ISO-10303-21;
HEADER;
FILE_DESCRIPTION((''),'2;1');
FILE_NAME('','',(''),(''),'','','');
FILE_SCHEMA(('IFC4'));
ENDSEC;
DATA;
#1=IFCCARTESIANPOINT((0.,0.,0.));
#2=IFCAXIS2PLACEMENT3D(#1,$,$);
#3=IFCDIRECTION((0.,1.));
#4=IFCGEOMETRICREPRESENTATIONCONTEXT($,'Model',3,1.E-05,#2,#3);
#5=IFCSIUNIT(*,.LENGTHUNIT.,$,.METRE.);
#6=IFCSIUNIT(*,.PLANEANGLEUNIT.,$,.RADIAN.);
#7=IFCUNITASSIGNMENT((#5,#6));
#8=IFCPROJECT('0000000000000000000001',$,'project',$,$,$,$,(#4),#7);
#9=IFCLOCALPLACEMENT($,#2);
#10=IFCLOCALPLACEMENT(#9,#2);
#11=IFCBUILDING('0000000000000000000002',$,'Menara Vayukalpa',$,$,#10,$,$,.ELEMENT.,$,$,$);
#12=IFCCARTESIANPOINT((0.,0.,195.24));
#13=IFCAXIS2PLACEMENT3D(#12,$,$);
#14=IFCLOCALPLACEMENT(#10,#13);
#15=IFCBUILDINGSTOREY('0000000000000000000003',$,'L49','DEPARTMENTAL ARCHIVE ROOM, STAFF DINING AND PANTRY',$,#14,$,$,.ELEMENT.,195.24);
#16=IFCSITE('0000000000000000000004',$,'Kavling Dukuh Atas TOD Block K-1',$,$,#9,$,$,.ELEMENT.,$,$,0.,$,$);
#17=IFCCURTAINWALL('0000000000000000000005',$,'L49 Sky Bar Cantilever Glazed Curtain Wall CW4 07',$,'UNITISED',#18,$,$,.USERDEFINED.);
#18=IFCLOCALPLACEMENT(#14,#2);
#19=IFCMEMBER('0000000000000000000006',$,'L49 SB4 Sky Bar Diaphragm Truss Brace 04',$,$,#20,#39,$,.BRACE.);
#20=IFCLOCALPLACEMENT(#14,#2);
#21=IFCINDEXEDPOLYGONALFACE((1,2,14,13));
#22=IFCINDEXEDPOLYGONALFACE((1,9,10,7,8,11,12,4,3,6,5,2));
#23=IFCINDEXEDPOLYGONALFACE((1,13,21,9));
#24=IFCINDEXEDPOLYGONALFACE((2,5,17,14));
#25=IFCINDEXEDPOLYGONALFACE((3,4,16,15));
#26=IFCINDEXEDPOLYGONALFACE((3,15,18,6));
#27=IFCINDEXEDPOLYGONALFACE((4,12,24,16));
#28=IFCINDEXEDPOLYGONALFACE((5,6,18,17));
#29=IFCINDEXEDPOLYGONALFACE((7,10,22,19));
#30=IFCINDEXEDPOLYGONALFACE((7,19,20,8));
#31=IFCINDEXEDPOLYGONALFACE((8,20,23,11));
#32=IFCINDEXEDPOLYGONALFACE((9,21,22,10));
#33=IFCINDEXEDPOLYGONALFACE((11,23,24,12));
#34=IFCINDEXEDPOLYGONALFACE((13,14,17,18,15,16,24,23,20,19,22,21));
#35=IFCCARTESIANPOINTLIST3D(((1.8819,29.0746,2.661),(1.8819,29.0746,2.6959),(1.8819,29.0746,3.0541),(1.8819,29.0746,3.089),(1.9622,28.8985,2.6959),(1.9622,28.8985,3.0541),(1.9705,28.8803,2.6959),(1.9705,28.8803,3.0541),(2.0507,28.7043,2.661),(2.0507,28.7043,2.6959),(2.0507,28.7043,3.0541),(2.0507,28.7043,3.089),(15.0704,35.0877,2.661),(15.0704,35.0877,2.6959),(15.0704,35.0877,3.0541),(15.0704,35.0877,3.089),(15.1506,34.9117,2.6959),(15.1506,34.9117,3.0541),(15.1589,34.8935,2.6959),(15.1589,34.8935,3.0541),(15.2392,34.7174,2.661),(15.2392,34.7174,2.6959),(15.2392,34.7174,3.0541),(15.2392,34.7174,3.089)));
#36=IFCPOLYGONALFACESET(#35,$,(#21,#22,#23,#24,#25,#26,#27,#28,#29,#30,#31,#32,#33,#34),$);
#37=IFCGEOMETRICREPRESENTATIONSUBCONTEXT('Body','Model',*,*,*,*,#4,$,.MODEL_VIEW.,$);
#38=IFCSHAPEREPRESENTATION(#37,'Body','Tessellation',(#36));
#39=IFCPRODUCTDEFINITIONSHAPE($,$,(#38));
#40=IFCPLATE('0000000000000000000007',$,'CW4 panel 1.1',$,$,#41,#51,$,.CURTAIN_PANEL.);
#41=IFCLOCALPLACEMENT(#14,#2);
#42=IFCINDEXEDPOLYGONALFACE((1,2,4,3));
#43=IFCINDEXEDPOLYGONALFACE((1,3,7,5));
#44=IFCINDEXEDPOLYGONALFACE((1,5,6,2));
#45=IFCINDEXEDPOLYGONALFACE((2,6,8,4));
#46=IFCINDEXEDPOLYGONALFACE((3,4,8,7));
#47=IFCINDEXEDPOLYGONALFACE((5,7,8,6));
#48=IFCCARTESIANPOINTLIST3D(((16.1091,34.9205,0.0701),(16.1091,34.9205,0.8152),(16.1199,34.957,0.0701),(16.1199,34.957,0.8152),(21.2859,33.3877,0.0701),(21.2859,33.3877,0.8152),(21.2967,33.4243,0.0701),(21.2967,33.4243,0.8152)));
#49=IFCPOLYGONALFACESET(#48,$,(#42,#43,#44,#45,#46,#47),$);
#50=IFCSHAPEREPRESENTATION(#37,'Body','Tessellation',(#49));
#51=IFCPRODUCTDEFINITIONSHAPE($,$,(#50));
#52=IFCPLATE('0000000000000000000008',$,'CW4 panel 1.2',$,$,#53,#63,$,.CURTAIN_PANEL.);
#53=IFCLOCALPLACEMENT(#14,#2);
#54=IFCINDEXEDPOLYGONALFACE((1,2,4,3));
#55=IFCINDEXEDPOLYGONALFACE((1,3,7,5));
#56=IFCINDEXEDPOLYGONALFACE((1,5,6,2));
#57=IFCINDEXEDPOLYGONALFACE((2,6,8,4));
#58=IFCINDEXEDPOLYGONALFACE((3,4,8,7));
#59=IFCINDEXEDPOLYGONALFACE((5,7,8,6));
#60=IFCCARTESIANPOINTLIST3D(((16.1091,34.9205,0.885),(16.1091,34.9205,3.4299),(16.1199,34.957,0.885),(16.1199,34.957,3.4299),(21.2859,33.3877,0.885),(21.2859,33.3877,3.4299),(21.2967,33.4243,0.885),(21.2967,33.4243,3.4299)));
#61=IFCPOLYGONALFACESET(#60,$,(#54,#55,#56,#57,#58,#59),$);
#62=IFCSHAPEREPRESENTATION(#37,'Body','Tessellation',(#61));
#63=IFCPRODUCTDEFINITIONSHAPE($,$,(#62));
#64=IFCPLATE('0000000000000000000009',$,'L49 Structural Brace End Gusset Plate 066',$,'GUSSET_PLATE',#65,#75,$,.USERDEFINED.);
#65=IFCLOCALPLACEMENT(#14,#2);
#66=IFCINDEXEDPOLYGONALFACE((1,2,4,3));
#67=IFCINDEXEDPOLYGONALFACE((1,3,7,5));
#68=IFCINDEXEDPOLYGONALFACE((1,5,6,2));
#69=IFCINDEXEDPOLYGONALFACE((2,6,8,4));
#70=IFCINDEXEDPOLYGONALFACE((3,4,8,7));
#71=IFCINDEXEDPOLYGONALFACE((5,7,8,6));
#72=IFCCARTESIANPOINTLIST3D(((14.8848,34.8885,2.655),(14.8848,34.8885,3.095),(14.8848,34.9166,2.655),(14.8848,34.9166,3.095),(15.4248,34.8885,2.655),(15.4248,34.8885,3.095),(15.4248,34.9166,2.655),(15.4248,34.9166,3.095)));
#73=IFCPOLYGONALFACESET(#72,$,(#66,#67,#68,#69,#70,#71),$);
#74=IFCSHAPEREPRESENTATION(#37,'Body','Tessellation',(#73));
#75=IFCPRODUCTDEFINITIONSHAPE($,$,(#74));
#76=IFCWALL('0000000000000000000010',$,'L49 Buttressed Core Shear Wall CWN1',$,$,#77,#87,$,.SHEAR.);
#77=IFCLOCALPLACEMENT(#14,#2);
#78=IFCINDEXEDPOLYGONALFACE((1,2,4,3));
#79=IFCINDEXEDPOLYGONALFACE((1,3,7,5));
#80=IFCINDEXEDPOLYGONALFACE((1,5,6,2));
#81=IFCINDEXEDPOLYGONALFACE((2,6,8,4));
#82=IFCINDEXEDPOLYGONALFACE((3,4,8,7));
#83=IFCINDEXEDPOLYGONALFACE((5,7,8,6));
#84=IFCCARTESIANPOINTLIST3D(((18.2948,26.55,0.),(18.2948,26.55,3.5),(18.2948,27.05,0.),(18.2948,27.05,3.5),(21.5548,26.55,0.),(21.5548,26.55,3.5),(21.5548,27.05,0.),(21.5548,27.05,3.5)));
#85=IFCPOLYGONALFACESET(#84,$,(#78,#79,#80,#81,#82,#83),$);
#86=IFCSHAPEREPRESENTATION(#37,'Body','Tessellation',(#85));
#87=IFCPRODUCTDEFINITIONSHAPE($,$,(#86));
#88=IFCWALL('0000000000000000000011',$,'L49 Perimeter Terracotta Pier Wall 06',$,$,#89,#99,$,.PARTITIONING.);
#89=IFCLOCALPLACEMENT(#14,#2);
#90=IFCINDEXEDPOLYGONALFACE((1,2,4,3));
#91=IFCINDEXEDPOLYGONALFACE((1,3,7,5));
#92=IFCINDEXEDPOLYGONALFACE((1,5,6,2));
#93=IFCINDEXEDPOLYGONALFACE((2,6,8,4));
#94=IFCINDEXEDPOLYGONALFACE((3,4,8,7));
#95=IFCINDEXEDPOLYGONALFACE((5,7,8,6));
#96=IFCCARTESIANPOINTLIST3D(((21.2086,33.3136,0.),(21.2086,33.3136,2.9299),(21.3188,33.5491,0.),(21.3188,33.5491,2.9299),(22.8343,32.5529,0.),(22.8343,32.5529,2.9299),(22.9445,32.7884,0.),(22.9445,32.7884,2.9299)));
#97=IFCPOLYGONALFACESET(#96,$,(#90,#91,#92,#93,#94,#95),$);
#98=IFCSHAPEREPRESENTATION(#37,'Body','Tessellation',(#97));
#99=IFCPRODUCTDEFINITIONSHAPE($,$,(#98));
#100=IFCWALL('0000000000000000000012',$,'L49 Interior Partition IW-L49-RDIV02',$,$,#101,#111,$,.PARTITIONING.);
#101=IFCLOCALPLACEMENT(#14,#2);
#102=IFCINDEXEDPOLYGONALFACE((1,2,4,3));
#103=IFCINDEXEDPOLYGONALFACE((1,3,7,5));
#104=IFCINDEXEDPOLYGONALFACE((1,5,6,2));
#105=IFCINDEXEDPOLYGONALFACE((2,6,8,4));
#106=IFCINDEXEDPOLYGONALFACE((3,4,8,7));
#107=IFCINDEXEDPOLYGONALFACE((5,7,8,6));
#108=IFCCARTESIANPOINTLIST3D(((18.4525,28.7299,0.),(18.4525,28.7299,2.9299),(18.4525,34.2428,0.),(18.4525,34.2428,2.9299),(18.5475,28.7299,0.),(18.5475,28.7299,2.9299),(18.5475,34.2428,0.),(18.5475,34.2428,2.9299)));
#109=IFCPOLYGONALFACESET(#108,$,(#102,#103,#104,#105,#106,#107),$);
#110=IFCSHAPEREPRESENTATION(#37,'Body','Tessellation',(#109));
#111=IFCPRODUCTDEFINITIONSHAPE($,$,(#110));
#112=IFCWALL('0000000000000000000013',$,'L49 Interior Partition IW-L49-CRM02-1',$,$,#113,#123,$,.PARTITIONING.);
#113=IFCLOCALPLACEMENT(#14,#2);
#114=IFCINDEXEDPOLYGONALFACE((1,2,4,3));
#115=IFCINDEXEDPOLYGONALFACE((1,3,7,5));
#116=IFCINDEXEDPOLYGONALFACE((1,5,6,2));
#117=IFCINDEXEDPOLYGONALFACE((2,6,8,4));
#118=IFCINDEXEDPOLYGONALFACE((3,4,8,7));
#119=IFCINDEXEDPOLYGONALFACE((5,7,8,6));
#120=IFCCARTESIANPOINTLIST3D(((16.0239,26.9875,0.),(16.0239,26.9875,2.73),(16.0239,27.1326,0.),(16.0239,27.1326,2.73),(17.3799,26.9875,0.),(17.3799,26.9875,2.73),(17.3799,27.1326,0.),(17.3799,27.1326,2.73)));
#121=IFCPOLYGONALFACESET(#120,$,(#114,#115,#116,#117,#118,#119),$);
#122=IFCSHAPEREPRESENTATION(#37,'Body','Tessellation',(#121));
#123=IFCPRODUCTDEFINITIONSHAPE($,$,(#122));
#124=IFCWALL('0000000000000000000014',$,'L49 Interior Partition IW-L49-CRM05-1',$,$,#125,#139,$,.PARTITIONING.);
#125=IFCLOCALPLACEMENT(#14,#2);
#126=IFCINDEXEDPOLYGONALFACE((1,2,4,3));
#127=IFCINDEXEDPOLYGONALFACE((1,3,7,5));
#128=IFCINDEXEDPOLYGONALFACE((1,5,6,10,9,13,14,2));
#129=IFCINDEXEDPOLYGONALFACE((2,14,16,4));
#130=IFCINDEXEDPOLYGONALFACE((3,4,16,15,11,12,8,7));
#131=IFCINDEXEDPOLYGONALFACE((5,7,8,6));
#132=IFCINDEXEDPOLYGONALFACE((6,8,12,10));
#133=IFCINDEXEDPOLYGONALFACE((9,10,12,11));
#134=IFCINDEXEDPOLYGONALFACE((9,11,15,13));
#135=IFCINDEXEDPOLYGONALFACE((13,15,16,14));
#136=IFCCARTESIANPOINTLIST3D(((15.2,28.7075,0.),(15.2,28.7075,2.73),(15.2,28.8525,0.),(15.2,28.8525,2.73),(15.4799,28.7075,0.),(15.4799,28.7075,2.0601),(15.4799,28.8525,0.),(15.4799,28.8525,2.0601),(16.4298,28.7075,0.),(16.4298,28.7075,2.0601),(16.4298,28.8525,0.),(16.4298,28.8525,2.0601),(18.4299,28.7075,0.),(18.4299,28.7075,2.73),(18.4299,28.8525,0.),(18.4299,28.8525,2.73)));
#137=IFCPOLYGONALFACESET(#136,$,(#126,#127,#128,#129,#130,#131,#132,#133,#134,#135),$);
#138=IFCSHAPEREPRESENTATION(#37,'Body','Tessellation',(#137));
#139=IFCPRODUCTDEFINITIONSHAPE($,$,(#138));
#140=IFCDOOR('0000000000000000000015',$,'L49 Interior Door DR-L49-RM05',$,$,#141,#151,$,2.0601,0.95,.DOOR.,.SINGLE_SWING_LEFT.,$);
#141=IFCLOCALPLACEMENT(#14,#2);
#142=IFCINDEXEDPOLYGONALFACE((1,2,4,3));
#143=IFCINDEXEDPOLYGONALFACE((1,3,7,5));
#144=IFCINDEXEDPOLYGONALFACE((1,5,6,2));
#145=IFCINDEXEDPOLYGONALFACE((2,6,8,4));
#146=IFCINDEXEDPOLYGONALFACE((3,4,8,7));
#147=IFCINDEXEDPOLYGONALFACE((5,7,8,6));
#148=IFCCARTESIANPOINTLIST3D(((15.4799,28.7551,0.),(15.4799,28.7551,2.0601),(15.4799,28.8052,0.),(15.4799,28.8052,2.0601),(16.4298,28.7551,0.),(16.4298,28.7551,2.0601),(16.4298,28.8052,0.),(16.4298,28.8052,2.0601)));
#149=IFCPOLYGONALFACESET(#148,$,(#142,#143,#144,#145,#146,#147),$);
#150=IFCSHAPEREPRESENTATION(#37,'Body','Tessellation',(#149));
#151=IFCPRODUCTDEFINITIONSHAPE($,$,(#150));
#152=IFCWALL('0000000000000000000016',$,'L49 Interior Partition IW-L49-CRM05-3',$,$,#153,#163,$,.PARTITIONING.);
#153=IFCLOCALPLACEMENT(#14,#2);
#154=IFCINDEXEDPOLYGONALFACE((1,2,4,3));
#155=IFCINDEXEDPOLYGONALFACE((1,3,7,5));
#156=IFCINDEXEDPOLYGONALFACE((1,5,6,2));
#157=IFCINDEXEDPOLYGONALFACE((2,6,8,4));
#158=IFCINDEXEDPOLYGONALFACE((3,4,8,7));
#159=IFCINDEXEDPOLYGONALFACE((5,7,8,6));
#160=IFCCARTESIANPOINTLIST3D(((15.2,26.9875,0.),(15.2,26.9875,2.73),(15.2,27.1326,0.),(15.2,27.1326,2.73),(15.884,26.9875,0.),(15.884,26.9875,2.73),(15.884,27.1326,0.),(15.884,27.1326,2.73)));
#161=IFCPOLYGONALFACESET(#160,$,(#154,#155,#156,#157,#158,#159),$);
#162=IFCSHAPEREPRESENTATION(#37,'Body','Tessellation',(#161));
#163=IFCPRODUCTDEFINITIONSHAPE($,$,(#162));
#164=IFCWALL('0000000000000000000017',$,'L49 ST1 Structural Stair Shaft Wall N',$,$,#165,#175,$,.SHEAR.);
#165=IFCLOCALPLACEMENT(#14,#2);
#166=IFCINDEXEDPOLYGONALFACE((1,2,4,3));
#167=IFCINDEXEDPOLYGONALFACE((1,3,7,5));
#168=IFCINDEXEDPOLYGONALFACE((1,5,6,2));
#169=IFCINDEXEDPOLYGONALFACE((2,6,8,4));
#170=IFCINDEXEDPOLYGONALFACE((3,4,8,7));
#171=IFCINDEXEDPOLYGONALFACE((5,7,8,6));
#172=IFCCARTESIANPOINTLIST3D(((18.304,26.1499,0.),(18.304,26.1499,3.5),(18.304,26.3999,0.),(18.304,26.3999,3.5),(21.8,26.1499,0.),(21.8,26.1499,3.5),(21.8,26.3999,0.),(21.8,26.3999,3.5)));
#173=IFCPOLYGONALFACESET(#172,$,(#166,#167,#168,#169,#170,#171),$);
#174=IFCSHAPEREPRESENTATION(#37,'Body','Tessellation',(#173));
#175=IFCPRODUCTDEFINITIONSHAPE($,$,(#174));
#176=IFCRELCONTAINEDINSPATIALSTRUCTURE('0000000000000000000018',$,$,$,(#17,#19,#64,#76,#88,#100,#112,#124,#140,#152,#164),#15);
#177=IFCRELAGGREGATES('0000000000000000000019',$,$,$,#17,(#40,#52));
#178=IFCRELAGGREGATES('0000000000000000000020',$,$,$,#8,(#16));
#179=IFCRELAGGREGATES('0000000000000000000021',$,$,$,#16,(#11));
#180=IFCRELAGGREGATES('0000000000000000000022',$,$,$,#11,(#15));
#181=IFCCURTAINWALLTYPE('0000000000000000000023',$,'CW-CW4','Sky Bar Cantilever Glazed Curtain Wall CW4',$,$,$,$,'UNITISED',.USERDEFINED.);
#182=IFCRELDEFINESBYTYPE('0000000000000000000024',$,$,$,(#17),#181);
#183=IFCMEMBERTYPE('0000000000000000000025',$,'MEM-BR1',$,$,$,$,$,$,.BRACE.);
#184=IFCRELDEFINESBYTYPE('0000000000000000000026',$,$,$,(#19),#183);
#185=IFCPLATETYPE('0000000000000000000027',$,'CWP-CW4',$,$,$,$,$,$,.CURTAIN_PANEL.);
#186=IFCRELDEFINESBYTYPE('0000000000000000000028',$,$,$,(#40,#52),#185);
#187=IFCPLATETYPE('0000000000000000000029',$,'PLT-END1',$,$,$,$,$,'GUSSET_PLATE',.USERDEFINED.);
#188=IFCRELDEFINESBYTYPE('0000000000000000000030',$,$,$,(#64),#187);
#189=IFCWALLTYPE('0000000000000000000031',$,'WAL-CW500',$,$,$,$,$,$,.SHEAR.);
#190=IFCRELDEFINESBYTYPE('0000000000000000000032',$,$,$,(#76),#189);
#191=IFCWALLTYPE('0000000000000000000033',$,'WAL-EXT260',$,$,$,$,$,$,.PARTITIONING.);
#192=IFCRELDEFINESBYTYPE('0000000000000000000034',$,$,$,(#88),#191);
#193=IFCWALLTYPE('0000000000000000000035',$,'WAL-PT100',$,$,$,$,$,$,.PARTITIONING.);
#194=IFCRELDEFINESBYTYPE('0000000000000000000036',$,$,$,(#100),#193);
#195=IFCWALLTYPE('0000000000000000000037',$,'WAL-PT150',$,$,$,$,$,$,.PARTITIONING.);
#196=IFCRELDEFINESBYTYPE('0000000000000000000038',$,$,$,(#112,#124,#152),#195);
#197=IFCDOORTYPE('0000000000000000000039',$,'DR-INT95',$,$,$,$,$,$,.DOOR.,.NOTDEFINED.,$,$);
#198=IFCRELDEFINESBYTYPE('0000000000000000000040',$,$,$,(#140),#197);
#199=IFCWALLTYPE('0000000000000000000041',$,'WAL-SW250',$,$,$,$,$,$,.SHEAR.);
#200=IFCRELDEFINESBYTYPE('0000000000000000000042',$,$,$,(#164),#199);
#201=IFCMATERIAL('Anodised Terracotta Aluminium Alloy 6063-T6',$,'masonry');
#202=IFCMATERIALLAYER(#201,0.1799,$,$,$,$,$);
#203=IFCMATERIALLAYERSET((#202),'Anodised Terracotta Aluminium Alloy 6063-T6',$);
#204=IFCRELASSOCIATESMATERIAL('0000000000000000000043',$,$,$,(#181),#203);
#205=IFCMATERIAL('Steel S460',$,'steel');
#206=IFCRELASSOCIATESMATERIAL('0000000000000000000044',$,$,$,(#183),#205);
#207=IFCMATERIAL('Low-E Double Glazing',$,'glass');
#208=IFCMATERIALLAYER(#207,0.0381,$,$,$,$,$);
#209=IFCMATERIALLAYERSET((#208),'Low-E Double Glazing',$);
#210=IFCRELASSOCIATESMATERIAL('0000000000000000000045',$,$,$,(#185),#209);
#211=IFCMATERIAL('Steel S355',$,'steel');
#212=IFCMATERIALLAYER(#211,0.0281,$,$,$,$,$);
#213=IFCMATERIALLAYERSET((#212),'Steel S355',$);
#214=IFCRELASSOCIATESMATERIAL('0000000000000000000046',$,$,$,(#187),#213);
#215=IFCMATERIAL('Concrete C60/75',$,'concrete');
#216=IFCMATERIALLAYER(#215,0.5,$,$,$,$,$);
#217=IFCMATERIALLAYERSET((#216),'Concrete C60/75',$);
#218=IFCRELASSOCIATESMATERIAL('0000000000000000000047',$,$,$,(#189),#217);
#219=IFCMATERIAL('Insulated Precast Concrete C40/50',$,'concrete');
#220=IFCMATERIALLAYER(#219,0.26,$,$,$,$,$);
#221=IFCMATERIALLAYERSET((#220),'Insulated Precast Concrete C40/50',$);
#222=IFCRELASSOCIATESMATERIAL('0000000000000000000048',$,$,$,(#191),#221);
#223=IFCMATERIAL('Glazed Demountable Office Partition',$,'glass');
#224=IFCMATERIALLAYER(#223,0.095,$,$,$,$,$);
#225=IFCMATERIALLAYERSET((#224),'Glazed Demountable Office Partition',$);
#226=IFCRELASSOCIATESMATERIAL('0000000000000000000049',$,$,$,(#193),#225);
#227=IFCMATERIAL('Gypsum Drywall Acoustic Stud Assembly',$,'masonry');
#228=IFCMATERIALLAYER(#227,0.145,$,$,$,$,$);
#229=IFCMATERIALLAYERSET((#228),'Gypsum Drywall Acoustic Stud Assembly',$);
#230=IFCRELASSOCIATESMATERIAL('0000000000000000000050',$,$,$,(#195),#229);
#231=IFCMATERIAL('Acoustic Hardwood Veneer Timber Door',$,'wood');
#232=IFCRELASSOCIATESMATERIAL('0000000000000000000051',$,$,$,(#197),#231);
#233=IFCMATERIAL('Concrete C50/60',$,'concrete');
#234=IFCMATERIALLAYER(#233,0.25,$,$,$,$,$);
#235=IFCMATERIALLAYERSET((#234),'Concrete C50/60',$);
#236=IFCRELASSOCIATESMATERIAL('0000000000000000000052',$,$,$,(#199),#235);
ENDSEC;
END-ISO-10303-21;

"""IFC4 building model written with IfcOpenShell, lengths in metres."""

from ifc_helpers import new_model, si_unit, direction, frame, frame_2d, origin, origin_2d, place, context, subcontext, project, spatial, rectangle, i_section, extrude, material, layer, layer_set, material_profile, profile_set, type_object, element, fill, aggregate, save


model = new_model("IFC4")

# Units and contexts
model_context = context("Model", 3, precision=1e-05, world=origin(), true_north=direction((0.0, 1.0)))
body_context = subcontext(model_context, "Body", "Model", "MODEL_VIEW")
ifc_project = project(units=[si_unit("LENGTHUNIT", "METRE"), si_unit("PLANEANGLEUNIT", "RADIAN")], contexts=[model_context])

# Site, building, storey
site_placement = place(None, origin())
site = spatial("IfcSite", under=ifc_project, at=site_placement, Name="Kavling Dukuh Atas TOD Block K-1", CompositionType="ELEMENT", RefElevation=0.0)
building_placement = place(site_placement, origin())
building = spatial("IfcBuilding", under=site, at=building_placement, Name="Menara Vayukalpa", CompositionType="ELEMENT")
storey_placement = place(building_placement, frame((0.0, 0.0, 195.24)))
storey = spatial("IfcBuildingStorey", under=building, at=storey_placement, Name="L49", Description="DEPARTMENTAL ARCHIVE ROOM, STAFF DINING AND PANTRY", CompositionType="ELEMENT", Elevation=195.24)

# Curtain wall
ifc_material_1 = material(Name="Anodised Terracotta Aluminium Alloy 6063-T6", Category="masonry")
ifc_layer_1 = layer(ifc_material_1, 0.1799)
ifc_layer_set_1 = layer_set([ifc_layer_1], Name="Anodised Terracotta Aluminium Alloy 6063-T6")
curtain_wall_type = type_object("IfcCurtainWallType", Name="CW-CW4", Description="Sky Bar Cantilever Glazed Curtain Wall CW4", ElementType="UNITISED", PredefinedType="USERDEFINED", material=ifc_layer_set_1)
curtain_wall_placement = place(storey_placement, origin())
curtain_wall = element("IfcCurtainWall", 1, at=curtain_wall_placement, inside=storey, type_object=curtain_wall_type, Name="L49 Sky Bar Cantilever Glazed Curtain Wall CW4 07", ObjectType="UNITISED", PredefinedType="USERDEFINED")

# Member
ifc_material_2 = material(Name="Steel S460", Category="steel")
ifc_material_profile_1 = material_profile(ifc_material_2, i_section(OverallWidth=0.407, OverallDepth=0.428, WebThickness=0.02, FlangeThickness=0.0349, at=origin_2d()), Name="H 428x407x20x35")
ifc_profile_set_1 = profile_set([ifc_material_profile_1], Name="Steel S460")
member_type_1 = type_object("IfcMemberType", Name="MEM-BR1", PredefinedType="BRACE", material=ifc_profile_set_1)
member_1_placement = place(storey_placement, frame((15.1548, 34.9026, 2.875), z_axis=(-0.909887, -0.414856, 0.0), x_axis=(0.414856, -0.909887, 0.0)))
element("IfcMember", 2, at=member_1_placement, inside=storey, type_object=member_type_1, Name="L49 SB4 Sky Bar Diaphragm Truss Brace 04", PredefinedType="BRACE", context=body_context, shape_type="SweptSolid", body=[
    extrude(i_section(OverallWidth=0.407, OverallDepth=0.428, WebThickness=0.02, FlangeThickness=0.0349, at=origin_2d()), origin(), (0.0, 0.0, 1.0), 14.4946),
])

# Plates
ifc_material_3 = material(Name="Low-E Double Glazing", Category="glass")
ifc_layer_2 = layer(ifc_material_3, 0.0381)
ifc_layer_set_2 = layer_set([ifc_layer_2], Name="Low-E Double Glazing")
plate_type_1 = type_object("IfcPlateType", Name="CWP-CW4", PredefinedType="CURTAIN_PANEL", material=ifc_layer_set_2)
plate_1_placement = place(storey_placement, frame((18.7029, 34.1724, 0.0701), z_axis=(0.0, 0.0, 1.0), x_axis=(-0.958856, 0.283894, 0.0)))
plate_1 = element("IfcPlate", 3, at=plate_1_placement, type_object=plate_type_1, Name="CW4 panel 1.1", PredefinedType="CURTAIN_PANEL", context=body_context, shape_type="SweptSolid", body=[
    extrude(rectangle(XDim=5.3989, YDim=0.0381, at=origin_2d()), origin(), (0.0, 0.0, 1.0), 0.7451),
])
plate_2_placement = place(storey_placement, frame((18.7029, 34.1724, 0.885), z_axis=(0.0, 0.0, 1.0), x_axis=(-0.958856, 0.283894, 0.0)))
plate_2 = element("IfcPlate", 4, at=plate_2_placement, type_object=plate_type_1, Name="CW4 panel 1.2", PredefinedType="CURTAIN_PANEL", context=body_context, shape_type="SweptSolid", body=[
    extrude(rectangle(XDim=5.3989, YDim=0.0381, at=origin_2d()), origin(), (0.0, 0.0, 1.0), 2.5449),
])
aggregate(curtain_wall, [plate_1, plate_2])
ifc_material_4 = material(Name="Steel S355", Category="steel")
ifc_layer_3 = layer(ifc_material_4, 0.0281)
ifc_layer_set_3 = layer_set([ifc_layer_3], Name="Steel S355")
plate_type_2 = type_object("IfcPlateType", Name="PLT-END1", ElementType="GUSSET_PLATE", PredefinedType="USERDEFINED", material=ifc_layer_set_3)
plate_3_placement = place(storey_placement, frame((15.1548, 34.9026, 2.655), z_axis=(0.0, 0.0, 1.0), x_axis=(1.0, 0.0, 0.0)))
element("IfcPlate", 5, at=plate_3_placement, inside=storey, type_object=plate_type_2, Name="L49 Structural Brace End Gusset Plate 066", ObjectType="GUSSET_PLATE", PredefinedType="USERDEFINED", context=body_context, shape_type="SweptSolid", body=[
    extrude(rectangle(XDim=0.54, YDim=0.0281, at=origin_2d()), origin(), (0.0, 0.0, 1.0), 0.4399),
])

# Walls
ifc_material_5 = material(Name="Concrete C60/75", Category="concrete")
ifc_layer_4 = layer(ifc_material_5, 0.5)
ifc_layer_set_4 = layer_set([ifc_layer_4], Name="Concrete C60/75")
wall_type_1 = type_object("IfcWallType", Name="WAL-CW500", PredefinedType="SHEAR", material=ifc_layer_set_4)
wall_1_placement = place(storey_placement, frame((18.2949, 26.8, 0.0), z_axis=(0.0, 0.0, 1.0), x_axis=(1.0, 0.0, 0.0)))
element("IfcWall", 6, at=wall_1_placement, inside=storey, type_object=wall_type_1, Name="L49 Buttressed Core Shear Wall CWN1", PredefinedType="SHEAR", context=body_context, shape_type="SweptSolid", body=[
    extrude(rectangle(XDim=3.26, YDim=0.5, at=frame_2d((1.6299, 0.0))), origin(), (0.0, 0.0, 1.0), 3.5),
])
ifc_material_6 = material(Name="Insulated Precast Concrete C40/50", Category="concrete")
ifc_layer_5 = layer(ifc_material_6, 0.26)
ifc_layer_set_5 = layer_set([ifc_layer_5], Name="Insulated Precast Concrete C40/50")
wall_type_2 = type_object("IfcWallType", Name="WAL-EXT260", PredefinedType="PARTITIONING", material=ifc_layer_set_5)
wall_2_placement = place(storey_placement, frame((21.2637, 33.4314, 0.0), z_axis=(0.0, 0.0, 1.0), x_axis=(0.905741, -0.423831, 0.0)))
element("IfcWall", 7, at=wall_2_placement, inside=storey, type_object=wall_type_2, Name="L49 Perimeter Terracotta Pier Wall 06", PredefinedType="PARTITIONING", context=body_context, shape_type="SweptSolid", body=[
    extrude(rectangle(XDim=1.7949, YDim=0.26, at=frame_2d((0.8975, 0.0))), origin(), (0.0, 0.0, 1.0), 2.9299),
])
ifc_material_7 = material(Name="Glazed Demountable Office Partition", Category="glass")
ifc_layer_6 = layer(ifc_material_7, 0.095)
ifc_layer_set_6 = layer_set([ifc_layer_6], Name="Glazed Demountable Office Partition")
wall_type_3 = type_object("IfcWallType", Name="WAL-PT100", PredefinedType="PARTITIONING", material=ifc_layer_set_6)
wall_3_placement = place(storey_placement, frame((18.5, 28.73, 0.0), z_axis=(0.0, 0.0, 1.0), x_axis=(0.0, 1.0, 0.0)))
element("IfcWall", 8, at=wall_3_placement, inside=storey, type_object=wall_type_3, Name="L49 Interior Partition IW-L49-RDIV02", PredefinedType="PARTITIONING", context=body_context, shape_type="SweptSolid", body=[
    extrude(rectangle(XDim=5.5129, YDim=0.095, at=frame_2d((2.7563, 0.0))), origin(), (0.0, 0.0, 1.0), 2.9299),
])
ifc_material_8 = material(Name="Gypsum Drywall Acoustic Stud Assembly", Category="masonry")
ifc_layer_7 = layer(ifc_material_8, 0.145)
ifc_layer_set_7 = layer_set([ifc_layer_7], Name="Gypsum Drywall Acoustic Stud Assembly")
wall_type_4 = type_object("IfcWallType", Name="WAL-PT150", PredefinedType="PARTITIONING", material=ifc_layer_set_7)
wall_4_placement = place(storey_placement, frame((16.0239, 27.0601, 0.0), z_axis=(0.0, 0.0, 1.0), x_axis=(1.0, 0.0, 0.0)))
element("IfcWall", 9, at=wall_4_placement, inside=storey, type_object=wall_type_4, Name="L49 Interior Partition IW-L49-CRM02-1", PredefinedType="PARTITIONING", context=body_context, shape_type="SweptSolid", body=[
    extrude(rectangle(XDim=1.356, YDim=0.145, at=frame_2d((0.678, 0.0))), origin(), (0.0, 0.0, 1.0), 2.73),
])

# Wall, opening, door
wall_5_placement = place(storey_placement, frame((18.4299, 28.78, 0.0), z_axis=(0.0, 0.0, 1.0), x_axis=(-1.0, 0.0, 0.0)))
wall_5 = element("IfcWall", 10, at=wall_5_placement, inside=storey, type_object=wall_type_4, Name="L49 Interior Partition IW-L49-CRM05-1", PredefinedType="PARTITIONING", context=body_context, shape_type="SweptSolid", body=[
    extrude(rectangle(XDim=3.23, YDim=0.145, at=frame_2d((1.615, 0.0))), origin(), (0.0, 0.0, 1.0), 2.73),
])
opening_placement = place(wall_5_placement, frame((2.0, 0.0, 0.0)))
opening = element("IfcOpeningElement", 11, at=opening_placement, cuts=wall_5, PredefinedType="OPENING", context=body_context, shape_type="SweptSolid", body=[
    extrude(rectangle(XDim=0.95, YDim=2.0601, at=frame_2d((0.4751, 1.03))), frame((0.0, 0.0825, 0.0), z_axis=(0.0, -1.0, 0.0), x_axis=(1.0, 0.0, 0.0)), (0.0, 0.0, 1.0), 0.165),
])
ifc_material_9 = material(Name="Acoustic Hardwood Veneer Timber Door", Category="wood")
door_type = type_object("IfcDoorType", Name="DR-INT95", OperationType="NOTDEFINED", PredefinedType="DOOR", material=ifc_material_9)
door_placement = place(opening_placement, origin())
door = element("IfcDoor", 12, at=door_placement, inside=storey, type_object=door_type, Name="L49 Interior Door DR-L49-RM05", OperationType="SINGLE_SWING_LEFT", OverallHeight=2.0601, OverallWidth=0.95, PredefinedType="DOOR", context=body_context, shape_type="SweptSolid", body=[
    extrude(rectangle(XDim=0.95, YDim=2.0601, at=frame_2d((0.4751, 1.03))), frame((0.0, 0.0249, 0.0), z_axis=(0.0, -1.0, 0.0), x_axis=(1.0, 0.0, 0.0)), (0.0, 0.0, 1.0), 0.05),
])
fill(opening, door)

# Walls
wall_6_placement = place(storey_placement, frame((15.2, 27.0601, 0.0), z_axis=(0.0, 0.0, 1.0), x_axis=(1.0, 0.0, 0.0)))
element("IfcWall", 13, at=wall_6_placement, inside=storey, type_object=wall_type_4, Name="L49 Interior Partition IW-L49-CRM05-3", PredefinedType="PARTITIONING", context=body_context, shape_type="SweptSolid", body=[
    extrude(rectangle(XDim=0.6841, YDim=0.145, at=frame_2d((0.342, 0.0))), origin(), (0.0, 0.0, 1.0), 2.73),
])
ifc_material_10 = material(Name="Concrete C50/60", Category="concrete")
ifc_layer_8 = layer(ifc_material_10, 0.25)
ifc_layer_set_8 = layer_set([ifc_layer_8], Name="Concrete C50/60")
wall_type_5 = type_object("IfcWallType", Name="WAL-SW250", PredefinedType="SHEAR", material=ifc_layer_set_8)
wall_7_placement = place(storey_placement, frame((18.304, 26.2749, 0.0), z_axis=(0.0, 0.0, 1.0), x_axis=(1.0, 0.0, 0.0)))
element("IfcWall", 14, at=wall_7_placement, inside=storey, type_object=wall_type_5, Name="L49 ST1 Structural Stair Shaft Wall N", PredefinedType="SHEAR", context=body_context, shape_type="SweptSolid", body=[
    extrude(rectangle(XDim=3.4961, YDim=0.25, at=frame_2d((1.748, 0.0))), origin(), (0.0, 0.0, 1.0), 3.5),
])

save(model, "model.ifc")
